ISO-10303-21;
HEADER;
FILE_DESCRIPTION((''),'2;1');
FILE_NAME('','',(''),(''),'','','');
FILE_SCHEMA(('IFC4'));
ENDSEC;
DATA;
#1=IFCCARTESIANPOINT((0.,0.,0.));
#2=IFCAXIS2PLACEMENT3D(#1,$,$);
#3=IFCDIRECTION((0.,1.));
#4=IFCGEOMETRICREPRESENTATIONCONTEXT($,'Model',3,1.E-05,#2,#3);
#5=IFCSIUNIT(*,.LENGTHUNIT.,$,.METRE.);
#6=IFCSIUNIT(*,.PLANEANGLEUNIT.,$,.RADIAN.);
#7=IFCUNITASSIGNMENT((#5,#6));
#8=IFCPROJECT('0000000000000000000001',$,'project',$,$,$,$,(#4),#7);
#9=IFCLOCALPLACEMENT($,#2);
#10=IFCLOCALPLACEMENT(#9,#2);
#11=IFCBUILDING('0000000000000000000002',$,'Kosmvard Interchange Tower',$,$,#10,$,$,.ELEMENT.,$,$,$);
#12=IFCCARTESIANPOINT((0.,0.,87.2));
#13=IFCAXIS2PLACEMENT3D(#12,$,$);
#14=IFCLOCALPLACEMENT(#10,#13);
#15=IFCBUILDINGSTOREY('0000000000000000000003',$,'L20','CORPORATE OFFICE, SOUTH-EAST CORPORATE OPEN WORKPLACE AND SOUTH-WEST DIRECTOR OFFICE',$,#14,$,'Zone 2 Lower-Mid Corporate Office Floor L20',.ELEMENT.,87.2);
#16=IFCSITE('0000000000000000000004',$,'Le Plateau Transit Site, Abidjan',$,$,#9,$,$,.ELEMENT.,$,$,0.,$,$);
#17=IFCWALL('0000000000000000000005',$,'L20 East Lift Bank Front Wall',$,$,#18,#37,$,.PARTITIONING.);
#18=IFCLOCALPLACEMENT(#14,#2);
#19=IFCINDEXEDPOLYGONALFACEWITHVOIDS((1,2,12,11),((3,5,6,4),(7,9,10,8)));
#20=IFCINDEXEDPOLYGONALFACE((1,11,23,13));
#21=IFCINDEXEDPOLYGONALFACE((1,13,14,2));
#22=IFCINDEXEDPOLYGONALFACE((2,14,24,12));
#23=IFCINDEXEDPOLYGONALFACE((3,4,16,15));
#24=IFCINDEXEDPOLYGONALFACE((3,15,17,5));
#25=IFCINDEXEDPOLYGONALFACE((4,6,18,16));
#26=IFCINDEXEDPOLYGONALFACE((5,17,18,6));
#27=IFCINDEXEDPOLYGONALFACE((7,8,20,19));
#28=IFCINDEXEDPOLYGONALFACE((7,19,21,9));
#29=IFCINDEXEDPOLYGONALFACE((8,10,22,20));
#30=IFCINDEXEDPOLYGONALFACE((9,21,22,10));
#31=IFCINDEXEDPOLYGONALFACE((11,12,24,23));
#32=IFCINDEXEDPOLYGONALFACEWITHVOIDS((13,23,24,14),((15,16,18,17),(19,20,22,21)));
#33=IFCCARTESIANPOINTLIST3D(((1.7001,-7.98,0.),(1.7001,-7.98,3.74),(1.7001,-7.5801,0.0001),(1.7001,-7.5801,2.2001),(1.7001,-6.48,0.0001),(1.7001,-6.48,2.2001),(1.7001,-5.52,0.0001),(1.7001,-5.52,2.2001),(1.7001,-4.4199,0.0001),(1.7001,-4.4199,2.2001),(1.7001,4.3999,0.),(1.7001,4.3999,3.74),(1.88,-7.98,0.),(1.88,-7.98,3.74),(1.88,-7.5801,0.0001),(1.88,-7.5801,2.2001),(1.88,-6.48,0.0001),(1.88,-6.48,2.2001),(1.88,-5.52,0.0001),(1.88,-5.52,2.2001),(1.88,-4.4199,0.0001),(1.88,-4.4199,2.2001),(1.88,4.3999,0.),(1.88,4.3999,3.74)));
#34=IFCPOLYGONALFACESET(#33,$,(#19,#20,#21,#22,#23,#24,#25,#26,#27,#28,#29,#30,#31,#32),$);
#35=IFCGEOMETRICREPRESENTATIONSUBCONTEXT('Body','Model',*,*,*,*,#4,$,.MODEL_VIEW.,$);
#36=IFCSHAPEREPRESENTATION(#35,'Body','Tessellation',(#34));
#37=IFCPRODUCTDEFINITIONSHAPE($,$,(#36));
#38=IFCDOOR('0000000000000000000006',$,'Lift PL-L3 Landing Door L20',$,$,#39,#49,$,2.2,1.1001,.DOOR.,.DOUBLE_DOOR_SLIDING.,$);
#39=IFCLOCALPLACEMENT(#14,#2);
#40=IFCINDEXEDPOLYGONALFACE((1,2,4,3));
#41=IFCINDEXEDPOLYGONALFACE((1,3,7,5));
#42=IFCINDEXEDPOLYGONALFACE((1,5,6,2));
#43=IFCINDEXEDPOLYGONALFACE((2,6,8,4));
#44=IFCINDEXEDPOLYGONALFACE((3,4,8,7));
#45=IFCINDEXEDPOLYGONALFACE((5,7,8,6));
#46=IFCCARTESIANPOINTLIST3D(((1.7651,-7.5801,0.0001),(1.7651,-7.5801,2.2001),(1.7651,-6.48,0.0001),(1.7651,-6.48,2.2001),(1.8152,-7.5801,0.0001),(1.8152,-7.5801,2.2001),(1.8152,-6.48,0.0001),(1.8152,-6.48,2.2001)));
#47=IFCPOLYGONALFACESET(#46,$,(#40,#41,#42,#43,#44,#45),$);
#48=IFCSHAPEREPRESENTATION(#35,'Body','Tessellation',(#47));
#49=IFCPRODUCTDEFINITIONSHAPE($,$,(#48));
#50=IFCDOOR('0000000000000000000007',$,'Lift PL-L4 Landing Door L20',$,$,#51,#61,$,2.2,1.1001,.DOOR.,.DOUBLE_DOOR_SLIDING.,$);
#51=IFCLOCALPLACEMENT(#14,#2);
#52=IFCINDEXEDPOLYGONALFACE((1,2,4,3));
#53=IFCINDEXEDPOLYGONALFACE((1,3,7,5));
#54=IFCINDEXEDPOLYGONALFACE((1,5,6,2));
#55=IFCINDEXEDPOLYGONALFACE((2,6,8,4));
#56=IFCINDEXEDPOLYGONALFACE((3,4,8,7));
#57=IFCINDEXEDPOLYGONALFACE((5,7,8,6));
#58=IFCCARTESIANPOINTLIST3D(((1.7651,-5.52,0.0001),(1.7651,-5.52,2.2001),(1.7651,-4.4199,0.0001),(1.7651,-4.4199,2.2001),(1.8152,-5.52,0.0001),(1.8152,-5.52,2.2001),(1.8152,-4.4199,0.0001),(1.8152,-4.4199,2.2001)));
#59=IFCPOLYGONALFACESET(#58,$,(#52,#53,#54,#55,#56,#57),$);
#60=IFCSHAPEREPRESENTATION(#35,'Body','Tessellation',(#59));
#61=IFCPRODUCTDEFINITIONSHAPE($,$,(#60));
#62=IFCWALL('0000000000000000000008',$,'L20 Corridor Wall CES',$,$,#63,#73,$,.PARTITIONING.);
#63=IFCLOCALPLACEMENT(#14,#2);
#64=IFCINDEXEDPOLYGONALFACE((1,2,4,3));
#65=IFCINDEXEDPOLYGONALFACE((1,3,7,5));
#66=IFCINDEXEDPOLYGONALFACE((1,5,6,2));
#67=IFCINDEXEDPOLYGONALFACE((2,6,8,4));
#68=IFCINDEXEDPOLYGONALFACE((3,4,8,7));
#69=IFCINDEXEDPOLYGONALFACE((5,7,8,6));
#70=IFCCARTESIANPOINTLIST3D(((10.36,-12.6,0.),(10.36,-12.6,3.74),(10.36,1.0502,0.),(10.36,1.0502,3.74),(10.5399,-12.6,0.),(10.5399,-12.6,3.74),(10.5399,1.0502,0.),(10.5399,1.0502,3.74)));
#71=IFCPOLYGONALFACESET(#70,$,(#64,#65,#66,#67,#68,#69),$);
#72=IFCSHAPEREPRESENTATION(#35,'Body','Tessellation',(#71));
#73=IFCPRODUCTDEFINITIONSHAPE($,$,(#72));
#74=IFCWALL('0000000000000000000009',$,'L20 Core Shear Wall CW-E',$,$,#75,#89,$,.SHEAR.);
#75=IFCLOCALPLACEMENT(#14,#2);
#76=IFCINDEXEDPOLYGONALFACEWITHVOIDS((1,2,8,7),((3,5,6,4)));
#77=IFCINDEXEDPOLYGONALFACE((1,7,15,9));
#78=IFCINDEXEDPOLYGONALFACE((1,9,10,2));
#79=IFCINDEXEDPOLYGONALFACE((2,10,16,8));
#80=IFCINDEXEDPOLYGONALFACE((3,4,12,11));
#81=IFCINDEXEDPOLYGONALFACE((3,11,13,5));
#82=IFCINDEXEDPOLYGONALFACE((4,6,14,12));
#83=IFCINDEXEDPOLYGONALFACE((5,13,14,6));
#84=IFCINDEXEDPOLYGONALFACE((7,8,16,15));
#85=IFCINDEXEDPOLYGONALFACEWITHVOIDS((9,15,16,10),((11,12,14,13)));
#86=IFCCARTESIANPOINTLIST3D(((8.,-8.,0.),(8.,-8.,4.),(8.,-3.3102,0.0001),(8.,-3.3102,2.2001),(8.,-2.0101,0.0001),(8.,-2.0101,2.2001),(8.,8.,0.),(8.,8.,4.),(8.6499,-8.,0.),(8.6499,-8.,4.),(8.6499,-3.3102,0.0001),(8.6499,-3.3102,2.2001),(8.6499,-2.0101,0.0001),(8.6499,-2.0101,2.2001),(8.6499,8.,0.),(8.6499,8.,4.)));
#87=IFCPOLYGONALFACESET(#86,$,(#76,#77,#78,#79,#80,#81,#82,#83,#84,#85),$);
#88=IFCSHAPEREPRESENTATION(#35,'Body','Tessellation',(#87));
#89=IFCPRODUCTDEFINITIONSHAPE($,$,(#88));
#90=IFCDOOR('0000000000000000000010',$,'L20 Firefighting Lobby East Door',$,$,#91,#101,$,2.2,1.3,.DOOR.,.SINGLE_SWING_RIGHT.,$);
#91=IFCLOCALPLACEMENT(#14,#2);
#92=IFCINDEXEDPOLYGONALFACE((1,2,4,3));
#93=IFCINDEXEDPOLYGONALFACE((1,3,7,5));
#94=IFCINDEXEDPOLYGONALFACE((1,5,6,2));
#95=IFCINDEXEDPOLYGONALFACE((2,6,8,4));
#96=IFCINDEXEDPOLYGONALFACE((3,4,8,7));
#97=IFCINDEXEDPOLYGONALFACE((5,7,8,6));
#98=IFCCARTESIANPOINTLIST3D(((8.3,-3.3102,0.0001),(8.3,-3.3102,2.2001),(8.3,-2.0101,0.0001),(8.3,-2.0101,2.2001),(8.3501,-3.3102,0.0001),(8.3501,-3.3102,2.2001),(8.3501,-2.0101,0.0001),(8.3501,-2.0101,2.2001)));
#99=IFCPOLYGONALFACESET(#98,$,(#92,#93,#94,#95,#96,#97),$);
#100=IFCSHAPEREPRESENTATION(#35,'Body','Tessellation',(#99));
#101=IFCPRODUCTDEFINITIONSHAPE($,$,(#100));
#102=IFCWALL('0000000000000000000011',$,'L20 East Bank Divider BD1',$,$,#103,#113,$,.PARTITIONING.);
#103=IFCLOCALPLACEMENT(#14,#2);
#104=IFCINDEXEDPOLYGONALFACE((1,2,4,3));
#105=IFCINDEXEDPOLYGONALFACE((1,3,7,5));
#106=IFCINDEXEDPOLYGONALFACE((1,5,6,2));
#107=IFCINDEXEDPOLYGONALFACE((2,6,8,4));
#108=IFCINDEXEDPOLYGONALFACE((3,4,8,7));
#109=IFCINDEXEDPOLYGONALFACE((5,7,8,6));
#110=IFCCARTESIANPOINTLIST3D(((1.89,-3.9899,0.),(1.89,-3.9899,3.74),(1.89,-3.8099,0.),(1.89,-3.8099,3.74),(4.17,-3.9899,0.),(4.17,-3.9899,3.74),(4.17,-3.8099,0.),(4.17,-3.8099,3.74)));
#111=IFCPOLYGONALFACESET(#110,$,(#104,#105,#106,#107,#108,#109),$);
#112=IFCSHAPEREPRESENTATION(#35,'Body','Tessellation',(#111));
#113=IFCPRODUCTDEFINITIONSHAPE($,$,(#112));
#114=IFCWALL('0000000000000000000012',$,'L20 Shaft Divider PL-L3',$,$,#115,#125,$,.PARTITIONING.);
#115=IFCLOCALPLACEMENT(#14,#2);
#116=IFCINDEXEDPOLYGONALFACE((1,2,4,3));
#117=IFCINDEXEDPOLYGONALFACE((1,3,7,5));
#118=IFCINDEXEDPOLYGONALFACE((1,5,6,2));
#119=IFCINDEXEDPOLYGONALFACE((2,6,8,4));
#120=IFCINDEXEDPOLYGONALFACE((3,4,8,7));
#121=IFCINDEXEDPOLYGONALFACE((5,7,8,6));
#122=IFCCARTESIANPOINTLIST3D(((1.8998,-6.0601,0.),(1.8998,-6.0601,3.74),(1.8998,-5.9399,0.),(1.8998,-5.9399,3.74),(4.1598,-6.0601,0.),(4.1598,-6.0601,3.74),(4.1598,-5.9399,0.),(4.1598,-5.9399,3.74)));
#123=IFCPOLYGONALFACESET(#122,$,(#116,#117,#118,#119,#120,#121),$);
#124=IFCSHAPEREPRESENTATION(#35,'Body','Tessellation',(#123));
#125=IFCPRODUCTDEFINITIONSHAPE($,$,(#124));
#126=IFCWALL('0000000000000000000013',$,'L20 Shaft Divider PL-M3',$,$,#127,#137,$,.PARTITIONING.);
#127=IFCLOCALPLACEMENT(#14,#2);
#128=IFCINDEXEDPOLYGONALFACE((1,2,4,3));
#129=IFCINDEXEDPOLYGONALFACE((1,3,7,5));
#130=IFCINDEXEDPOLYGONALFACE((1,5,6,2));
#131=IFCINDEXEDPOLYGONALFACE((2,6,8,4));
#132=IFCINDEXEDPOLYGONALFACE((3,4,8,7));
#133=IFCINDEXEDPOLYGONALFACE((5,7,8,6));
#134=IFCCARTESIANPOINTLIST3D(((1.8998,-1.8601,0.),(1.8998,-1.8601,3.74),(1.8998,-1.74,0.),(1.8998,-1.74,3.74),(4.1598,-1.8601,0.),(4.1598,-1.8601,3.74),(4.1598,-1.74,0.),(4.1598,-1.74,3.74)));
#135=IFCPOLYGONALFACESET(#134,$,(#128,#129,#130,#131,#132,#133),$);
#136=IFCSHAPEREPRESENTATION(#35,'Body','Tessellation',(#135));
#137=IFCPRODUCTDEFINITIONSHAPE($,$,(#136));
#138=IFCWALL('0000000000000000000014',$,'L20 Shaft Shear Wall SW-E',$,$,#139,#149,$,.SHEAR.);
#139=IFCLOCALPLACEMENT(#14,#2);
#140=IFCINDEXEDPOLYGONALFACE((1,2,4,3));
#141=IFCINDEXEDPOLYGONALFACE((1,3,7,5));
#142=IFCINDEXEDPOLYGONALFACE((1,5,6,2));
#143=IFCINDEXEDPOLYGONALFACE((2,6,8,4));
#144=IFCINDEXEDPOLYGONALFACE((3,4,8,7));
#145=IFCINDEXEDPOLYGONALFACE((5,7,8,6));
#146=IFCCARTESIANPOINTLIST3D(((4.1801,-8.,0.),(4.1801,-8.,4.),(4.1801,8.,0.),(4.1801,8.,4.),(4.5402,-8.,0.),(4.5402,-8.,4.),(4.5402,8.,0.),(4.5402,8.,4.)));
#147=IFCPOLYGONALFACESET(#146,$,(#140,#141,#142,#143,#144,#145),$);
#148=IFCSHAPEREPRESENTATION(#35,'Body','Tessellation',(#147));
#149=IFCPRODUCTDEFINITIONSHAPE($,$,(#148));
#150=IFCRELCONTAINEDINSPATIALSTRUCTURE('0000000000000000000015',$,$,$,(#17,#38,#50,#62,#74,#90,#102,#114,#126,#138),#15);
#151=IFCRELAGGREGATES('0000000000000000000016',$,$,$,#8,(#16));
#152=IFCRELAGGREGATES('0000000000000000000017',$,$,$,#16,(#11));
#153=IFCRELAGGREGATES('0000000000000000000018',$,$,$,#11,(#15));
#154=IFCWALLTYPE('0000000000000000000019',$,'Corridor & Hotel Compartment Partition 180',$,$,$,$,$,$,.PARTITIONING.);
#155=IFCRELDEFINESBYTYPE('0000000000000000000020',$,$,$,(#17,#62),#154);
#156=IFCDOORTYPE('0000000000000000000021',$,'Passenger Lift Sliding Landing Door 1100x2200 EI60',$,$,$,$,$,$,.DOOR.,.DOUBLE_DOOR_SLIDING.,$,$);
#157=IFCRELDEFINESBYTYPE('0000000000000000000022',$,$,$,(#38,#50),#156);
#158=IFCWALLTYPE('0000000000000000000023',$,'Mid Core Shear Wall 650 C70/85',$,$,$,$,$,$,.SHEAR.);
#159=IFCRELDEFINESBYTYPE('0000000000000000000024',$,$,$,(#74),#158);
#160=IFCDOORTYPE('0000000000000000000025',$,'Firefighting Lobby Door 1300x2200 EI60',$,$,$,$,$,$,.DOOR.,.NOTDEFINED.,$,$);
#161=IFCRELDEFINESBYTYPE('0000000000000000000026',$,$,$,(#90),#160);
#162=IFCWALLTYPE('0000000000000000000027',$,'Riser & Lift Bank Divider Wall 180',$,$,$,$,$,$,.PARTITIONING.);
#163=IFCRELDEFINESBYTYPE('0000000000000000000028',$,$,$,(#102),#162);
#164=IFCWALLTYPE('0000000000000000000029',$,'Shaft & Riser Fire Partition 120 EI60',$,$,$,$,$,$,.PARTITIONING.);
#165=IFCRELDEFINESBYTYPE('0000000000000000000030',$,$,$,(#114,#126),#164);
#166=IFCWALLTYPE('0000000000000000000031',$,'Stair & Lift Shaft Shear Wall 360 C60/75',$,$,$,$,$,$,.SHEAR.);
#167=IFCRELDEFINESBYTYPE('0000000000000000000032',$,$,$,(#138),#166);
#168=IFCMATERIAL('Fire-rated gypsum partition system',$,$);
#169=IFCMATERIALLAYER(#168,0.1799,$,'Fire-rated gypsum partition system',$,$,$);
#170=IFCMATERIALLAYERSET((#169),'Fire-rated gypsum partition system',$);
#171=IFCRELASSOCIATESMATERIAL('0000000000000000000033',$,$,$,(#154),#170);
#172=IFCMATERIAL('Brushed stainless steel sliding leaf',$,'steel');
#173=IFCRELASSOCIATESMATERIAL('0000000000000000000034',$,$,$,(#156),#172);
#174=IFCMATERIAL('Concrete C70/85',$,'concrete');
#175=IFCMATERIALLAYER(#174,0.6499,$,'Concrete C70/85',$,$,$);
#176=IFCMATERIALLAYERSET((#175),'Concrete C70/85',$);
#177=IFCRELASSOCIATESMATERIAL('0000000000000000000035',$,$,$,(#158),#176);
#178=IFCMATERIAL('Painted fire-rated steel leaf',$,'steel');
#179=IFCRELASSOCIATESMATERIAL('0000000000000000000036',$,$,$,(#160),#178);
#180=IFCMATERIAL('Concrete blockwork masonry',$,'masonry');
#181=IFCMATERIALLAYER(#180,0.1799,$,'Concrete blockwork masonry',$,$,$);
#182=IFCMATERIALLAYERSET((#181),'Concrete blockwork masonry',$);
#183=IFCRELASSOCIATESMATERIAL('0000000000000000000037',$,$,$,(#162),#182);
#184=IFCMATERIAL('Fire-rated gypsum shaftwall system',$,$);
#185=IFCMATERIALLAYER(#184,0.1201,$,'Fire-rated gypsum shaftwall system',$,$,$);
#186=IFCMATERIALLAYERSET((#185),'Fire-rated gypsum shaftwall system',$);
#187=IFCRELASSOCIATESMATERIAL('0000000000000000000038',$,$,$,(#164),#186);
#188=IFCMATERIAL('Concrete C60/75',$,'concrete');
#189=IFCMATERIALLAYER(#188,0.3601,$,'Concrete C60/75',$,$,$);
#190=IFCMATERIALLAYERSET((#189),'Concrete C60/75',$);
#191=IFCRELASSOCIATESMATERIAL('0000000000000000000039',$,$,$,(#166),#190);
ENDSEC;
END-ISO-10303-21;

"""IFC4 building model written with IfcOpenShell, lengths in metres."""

from ifc_helpers import new_model, si_unit, direction, frame, frame_2d, origin, place, context, subcontext, project, spatial, rectangle, extrude, source, transform, mapped, material, layer, layer_set, type_object, element, fill, save


model = new_model("IFC4")

# Units and contexts
model_context = context("Model", 3, precision=1e-05, world=origin(), true_north=direction((0.0, 1.0)))
body_context = subcontext(model_context, "Body", "Model", "MODEL_VIEW")
ifc_project = project(units=[si_unit("LENGTHUNIT", "METRE"), si_unit("PLANEANGLEUNIT", "RADIAN")], contexts=[model_context])

# Site, building, storey
site_placement = place(None, origin())
site = spatial("IfcSite", under=ifc_project, at=site_placement, Name="Le Plateau Transit Site, Abidjan", CompositionType="ELEMENT", RefElevation=0.0)
building_placement = place(site_placement, origin())
building = spatial("IfcBuilding", under=site, at=building_placement, Name="Kosmvard Interchange Tower", CompositionType="ELEMENT")
storey_placement = place(building_placement, frame((0.0, 0.0, 87.2)))
storey = spatial("IfcBuildingStorey", under=building, at=storey_placement, Name="L20", Description="CORPORATE OFFICE, SOUTH-EAST CORPORATE OPEN WORKPLACE AND SOUTH-WEST DIRECTOR OFFICE", LongName="Zone 2 Lower-Mid Corporate Office Floor L20", CompositionType="ELEMENT", Elevation=87.2)

# Shared definitions
ifc_material_1 = material(Name="Concrete C60/75", Category="concrete")

# Wall, openings, doors
ifc_material_2 = material(Name="Fire-rated gypsum partition system")
ifc_layer_1 = layer(ifc_material_2, 0.1799, Name="Fire-rated gypsum partition system")
ifc_layer_set_1 = layer_set([ifc_layer_1], Name="Fire-rated gypsum partition system")
wall_type_1 = type_object("IfcWallType", Name="Corridor & Hotel Compartment Partition 180", PredefinedType="PARTITIONING", material=ifc_layer_set_1)
wall_1_placement = place(storey_placement, frame((1.79, -7.98, 0.0), z_axis=(0.0, 0.0, 1.0), x_axis=(0.0, 1.0, 0.0)))
wall_1 = element("IfcWall", 1, at=wall_1_placement, inside=storey, type_object=wall_type_1, Name="L20 East Lift Bank Front Wall", PredefinedType="PARTITIONING", context=body_context, shape_type="SweptSolid", body=[
    extrude(rectangle(XDim=12.3799, YDim=0.1799, at=frame_2d((6.1899, 0.0))), origin(), (0.0, 0.0, 1.0), 3.74),
])
opening_1_placement = place(wall_1_placement, frame((0.3999, 0.0, 0.0)))
opening_1 = element("IfcOpeningElement", 2, at=opening_1_placement, cuts=wall_1, PredefinedType="OPENING", context=body_context, shape_type="SweptSolid", body=[
    extrude(rectangle(XDim=1.1001, YDim=2.2, at=frame_2d((0.55, 1.1001))), frame((0.0, 0.1001, 0.0), z_axis=(0.0, -1.0, 0.0), x_axis=(1.0, 0.0, 0.0)), (0.0, 0.0, 1.0), 0.2),
])
opening_2_placement = place(wall_1_placement, frame((2.46, 0.0, 0.0)))
opening_2 = element("IfcOpeningElement", 3, at=opening_2_placement, cuts=wall_1, PredefinedType="OPENING", context=body_context, shape_type="SweptSolid", body=[
    extrude(rectangle(XDim=1.1001, YDim=2.2, at=frame_2d((0.55, 1.1001))), frame((0.0, 0.1001, 0.0), z_axis=(0.0, -1.0, 0.0), x_axis=(1.0, 0.0, 0.0)), (0.0, 0.0, 1.0), 0.2),
])
ifc_material_3 = material(Name="Brushed stainless steel sliding leaf", Category="steel")
door_type_1 = type_object("IfcDoorType", Name="Passenger Lift Sliding Landing Door 1100x2200 EI60", OperationType="DOUBLE_DOOR_SLIDING", PredefinedType="DOOR", material=ifc_material_3)
shared_shape_1 = source(origin(), body_context, "Body", "SweptSolid", [
    extrude(rectangle(XDim=1.1001, YDim=2.2, at=frame_2d((0.55, 1.1001))), frame((0.0, 0.0249, 0.0), z_axis=(0.0, -1.0, 0.0), x_axis=(1.0, 0.0, 0.0)), (0.0, 0.0, 1.0), 0.05),
])
door_1_placement = place(opening_1_placement, origin())
door_1 = element("IfcDoor", 4, at=door_1_placement, inside=storey, type_object=door_type_1, Name="Lift PL-L3 Landing Door L20", OperationType="DOUBLE_DOOR_SLIDING", OverallHeight=2.2, OverallWidth=1.1001, PredefinedType="DOOR", context=body_context, shape_type="MappedRepresentation", body=[
    mapped(shared_shape_1, transform((0.0, 0.0, 0.0), scale=1.0)),
])
fill(opening_1, door_1)
door_2_placement = place(opening_2_placement, origin())
door_2 = element("IfcDoor", 5, at=door_2_placement, inside=storey, type_object=door_type_1, Name="Lift PL-L4 Landing Door L20", OperationType="DOUBLE_DOOR_SLIDING", OverallHeight=2.2, OverallWidth=1.1001, PredefinedType="DOOR", context=body_context, shape_type="MappedRepresentation", body=[
    mapped(shared_shape_1, transform((0.0, 0.0, 0.0), scale=1.0)),
])
fill(opening_2, door_2)

# Wall
wall_2_placement = place(storey_placement, frame((10.45, -12.6001, 0.0), z_axis=(0.0, 0.0, 1.0), x_axis=(0.0, 1.0, 0.0)))
element("IfcWall", 6, at=wall_2_placement, inside=storey, type_object=wall_type_1, Name="L20 Corridor Wall CES", PredefinedType="PARTITIONING", context=body_context, shape_type="SweptSolid", body=[
    extrude(rectangle(XDim=13.6501, YDim=0.1799, at=frame_2d((6.8252, 0.0))), origin(), (0.0, 0.0, 1.0), 3.74),
])

# Wall, opening, door
ifc_material_4 = material(Name="Concrete C70/85", Category="concrete")
ifc_layer_2 = layer(ifc_material_4, 0.6499, Name="Concrete C70/85")
ifc_layer_set_2 = layer_set([ifc_layer_2], Name="Concrete C70/85")
wall_type_2 = type_object("IfcWallType", Name="Mid Core Shear Wall 650 C70/85", PredefinedType="SHEAR", material=ifc_layer_set_2)
wall_3_placement = place(storey_placement, frame((8.325, -8.0, 0.0), z_axis=(0.0, 0.0, 1.0), x_axis=(0.0, 1.0, 0.0)))
wall_3 = element("IfcWall", 7, at=wall_3_placement, inside=storey, type_object=wall_type_2, Name="L20 Core Shear Wall CW-E", PredefinedType="SHEAR", context=body_context, shape_type="SweptSolid", body=[
    extrude(rectangle(XDim=16.0, YDim=0.6499, at=frame_2d((8.0, 0.0))), origin(), (0.0, 0.0, 1.0), 4.0),
])
opening_3_placement = place(wall_3_placement, frame((4.6899, 0.0, 0.0)))
opening_3 = element("IfcOpeningElement", 8, at=opening_3_placement, cuts=wall_3, PredefinedType="OPENING", context=body_context, shape_type="SweptSolid", body=[
    extrude(rectangle(XDim=1.3, YDim=2.2, at=frame_2d((0.6499, 1.1001))), frame((0.0, 0.335, 0.0), z_axis=(0.0, -1.0, 0.0), x_axis=(1.0, 0.0, 0.0)), (0.0, 0.0, 1.0), 0.6699),
])
ifc_material_5 = material(Name="Painted fire-rated steel leaf", Category="steel")
door_type_2 = type_object("IfcDoorType", Name="Firefighting Lobby Door 1300x2200 EI60", OperationType="NOTDEFINED", PredefinedType="DOOR", material=ifc_material_5)
shared_shape_2 = source(origin(), body_context, "Body", "SweptSolid", [
    extrude(rectangle(XDim=1.3, YDim=2.2, at=frame_2d((0.6499, 1.1001))), frame((0.0, 0.0249, 0.0), z_axis=(0.0, -1.0, 0.0), x_axis=(1.0, 0.0, 0.0)), (0.0, 0.0, 1.0), 0.05),
])
door_3_placement = place(opening_3_placement, origin())
door_3 = element("IfcDoor", 9, at=door_3_placement, inside=storey, type_object=door_type_2, Name="L20 Firefighting Lobby East Door", OperationType="SINGLE_SWING_RIGHT", OverallHeight=2.2, OverallWidth=1.3, PredefinedType="DOOR", context=body_context, shape_type="MappedRepresentation", body=[
    mapped(shared_shape_2, transform((0.0, 0.0, 0.0), scale=1.0)),
])
fill(opening_3, door_3)

# Walls
ifc_material_6 = material(Name="Concrete blockwork masonry", Category="masonry")
ifc_layer_3 = layer(ifc_material_6, 0.1799, Name="Concrete blockwork masonry")
ifc_layer_set_3 = layer_set([ifc_layer_3], Name="Concrete blockwork masonry")
wall_type_3 = type_object("IfcWallType", Name="Riser & Lift Bank Divider Wall 180", PredefinedType="PARTITIONING", material=ifc_layer_set_3)
wall_4_placement = place(storey_placement, frame((1.8899, -3.8999, 0.0), z_axis=(0.0, 0.0, 1.0), x_axis=(1.0, 0.0, 0.0)))
element("IfcWall", 10, at=wall_4_placement, inside=storey, type_object=wall_type_3, Name="L20 East Bank Divider BD1", PredefinedType="PARTITIONING", context=body_context, shape_type="SweptSolid", body=[
    extrude(rectangle(XDim=2.28, YDim=0.1799, at=frame_2d((1.1401, 0.0))), origin(), (0.0, 0.0, 1.0), 3.74),
])
ifc_material_7 = material(Name="Fire-rated gypsum shaftwall system")
ifc_layer_4 = layer(ifc_material_7, 0.1201, Name="Fire-rated gypsum shaftwall system")
ifc_layer_set_4 = layer_set([ifc_layer_4], Name="Fire-rated gypsum shaftwall system")
wall_type_4 = type_object("IfcWallType", Name="Shaft & Riser Fire Partition 120 EI60", PredefinedType="PARTITIONING", material=ifc_layer_set_4)
for number, where, z_axis, x_axis, name in (
    (11, (1.8999, -6.0, 0.0), (0.0, 0.0, 1.0), (1.0, 0.0, 0.0), "L20 Shaft Divider PL-L3"),
    (12, (1.8999, -1.8, 0.0), (0.0, 0.0, 1.0), (1.0, 0.0, 0.0), "L20 Shaft Divider PL-M3"),
):
    element("IfcWall", number, at=place(storey_placement, frame(where, z_axis=z_axis, x_axis=x_axis)), inside=storey, type_object=wall_type_4, Name=name, PredefinedType="PARTITIONING", context=body_context, shape_type="SweptSolid", body=[
        extrude(rectangle(XDim=2.26, YDim=0.1201, at=frame_2d((1.1299, 0.0))), origin(), (0.0, 0.0, 1.0), 3.74),
    ])
ifc_layer_5 = layer(ifc_material_1, 0.3601, Name="Concrete C60/75")
ifc_layer_set_5 = layer_set([ifc_layer_5], Name="Concrete C60/75")
wall_type_5 = type_object("IfcWallType", Name="Stair & Lift Shaft Shear Wall 360 C60/75", PredefinedType="SHEAR", material=ifc_layer_set_5)
wall_5_placement = place(storey_placement, frame((4.3601, -8.0, 0.0), z_axis=(0.0, 0.0, 1.0), x_axis=(0.0, 1.0, 0.0)))
element("IfcWall", 13, at=wall_5_placement, inside=storey, type_object=wall_type_5, Name="L20 Shaft Shear Wall SW-E", PredefinedType="SHEAR", context=body_context, shape_type="SweptSolid", body=[
    extrude(rectangle(XDim=16.0, YDim=0.3601, at=frame_2d((8.0, 0.0))), origin(), (0.0, 0.0, 1.0), 4.0),
])

save(model, "model.ifc")
